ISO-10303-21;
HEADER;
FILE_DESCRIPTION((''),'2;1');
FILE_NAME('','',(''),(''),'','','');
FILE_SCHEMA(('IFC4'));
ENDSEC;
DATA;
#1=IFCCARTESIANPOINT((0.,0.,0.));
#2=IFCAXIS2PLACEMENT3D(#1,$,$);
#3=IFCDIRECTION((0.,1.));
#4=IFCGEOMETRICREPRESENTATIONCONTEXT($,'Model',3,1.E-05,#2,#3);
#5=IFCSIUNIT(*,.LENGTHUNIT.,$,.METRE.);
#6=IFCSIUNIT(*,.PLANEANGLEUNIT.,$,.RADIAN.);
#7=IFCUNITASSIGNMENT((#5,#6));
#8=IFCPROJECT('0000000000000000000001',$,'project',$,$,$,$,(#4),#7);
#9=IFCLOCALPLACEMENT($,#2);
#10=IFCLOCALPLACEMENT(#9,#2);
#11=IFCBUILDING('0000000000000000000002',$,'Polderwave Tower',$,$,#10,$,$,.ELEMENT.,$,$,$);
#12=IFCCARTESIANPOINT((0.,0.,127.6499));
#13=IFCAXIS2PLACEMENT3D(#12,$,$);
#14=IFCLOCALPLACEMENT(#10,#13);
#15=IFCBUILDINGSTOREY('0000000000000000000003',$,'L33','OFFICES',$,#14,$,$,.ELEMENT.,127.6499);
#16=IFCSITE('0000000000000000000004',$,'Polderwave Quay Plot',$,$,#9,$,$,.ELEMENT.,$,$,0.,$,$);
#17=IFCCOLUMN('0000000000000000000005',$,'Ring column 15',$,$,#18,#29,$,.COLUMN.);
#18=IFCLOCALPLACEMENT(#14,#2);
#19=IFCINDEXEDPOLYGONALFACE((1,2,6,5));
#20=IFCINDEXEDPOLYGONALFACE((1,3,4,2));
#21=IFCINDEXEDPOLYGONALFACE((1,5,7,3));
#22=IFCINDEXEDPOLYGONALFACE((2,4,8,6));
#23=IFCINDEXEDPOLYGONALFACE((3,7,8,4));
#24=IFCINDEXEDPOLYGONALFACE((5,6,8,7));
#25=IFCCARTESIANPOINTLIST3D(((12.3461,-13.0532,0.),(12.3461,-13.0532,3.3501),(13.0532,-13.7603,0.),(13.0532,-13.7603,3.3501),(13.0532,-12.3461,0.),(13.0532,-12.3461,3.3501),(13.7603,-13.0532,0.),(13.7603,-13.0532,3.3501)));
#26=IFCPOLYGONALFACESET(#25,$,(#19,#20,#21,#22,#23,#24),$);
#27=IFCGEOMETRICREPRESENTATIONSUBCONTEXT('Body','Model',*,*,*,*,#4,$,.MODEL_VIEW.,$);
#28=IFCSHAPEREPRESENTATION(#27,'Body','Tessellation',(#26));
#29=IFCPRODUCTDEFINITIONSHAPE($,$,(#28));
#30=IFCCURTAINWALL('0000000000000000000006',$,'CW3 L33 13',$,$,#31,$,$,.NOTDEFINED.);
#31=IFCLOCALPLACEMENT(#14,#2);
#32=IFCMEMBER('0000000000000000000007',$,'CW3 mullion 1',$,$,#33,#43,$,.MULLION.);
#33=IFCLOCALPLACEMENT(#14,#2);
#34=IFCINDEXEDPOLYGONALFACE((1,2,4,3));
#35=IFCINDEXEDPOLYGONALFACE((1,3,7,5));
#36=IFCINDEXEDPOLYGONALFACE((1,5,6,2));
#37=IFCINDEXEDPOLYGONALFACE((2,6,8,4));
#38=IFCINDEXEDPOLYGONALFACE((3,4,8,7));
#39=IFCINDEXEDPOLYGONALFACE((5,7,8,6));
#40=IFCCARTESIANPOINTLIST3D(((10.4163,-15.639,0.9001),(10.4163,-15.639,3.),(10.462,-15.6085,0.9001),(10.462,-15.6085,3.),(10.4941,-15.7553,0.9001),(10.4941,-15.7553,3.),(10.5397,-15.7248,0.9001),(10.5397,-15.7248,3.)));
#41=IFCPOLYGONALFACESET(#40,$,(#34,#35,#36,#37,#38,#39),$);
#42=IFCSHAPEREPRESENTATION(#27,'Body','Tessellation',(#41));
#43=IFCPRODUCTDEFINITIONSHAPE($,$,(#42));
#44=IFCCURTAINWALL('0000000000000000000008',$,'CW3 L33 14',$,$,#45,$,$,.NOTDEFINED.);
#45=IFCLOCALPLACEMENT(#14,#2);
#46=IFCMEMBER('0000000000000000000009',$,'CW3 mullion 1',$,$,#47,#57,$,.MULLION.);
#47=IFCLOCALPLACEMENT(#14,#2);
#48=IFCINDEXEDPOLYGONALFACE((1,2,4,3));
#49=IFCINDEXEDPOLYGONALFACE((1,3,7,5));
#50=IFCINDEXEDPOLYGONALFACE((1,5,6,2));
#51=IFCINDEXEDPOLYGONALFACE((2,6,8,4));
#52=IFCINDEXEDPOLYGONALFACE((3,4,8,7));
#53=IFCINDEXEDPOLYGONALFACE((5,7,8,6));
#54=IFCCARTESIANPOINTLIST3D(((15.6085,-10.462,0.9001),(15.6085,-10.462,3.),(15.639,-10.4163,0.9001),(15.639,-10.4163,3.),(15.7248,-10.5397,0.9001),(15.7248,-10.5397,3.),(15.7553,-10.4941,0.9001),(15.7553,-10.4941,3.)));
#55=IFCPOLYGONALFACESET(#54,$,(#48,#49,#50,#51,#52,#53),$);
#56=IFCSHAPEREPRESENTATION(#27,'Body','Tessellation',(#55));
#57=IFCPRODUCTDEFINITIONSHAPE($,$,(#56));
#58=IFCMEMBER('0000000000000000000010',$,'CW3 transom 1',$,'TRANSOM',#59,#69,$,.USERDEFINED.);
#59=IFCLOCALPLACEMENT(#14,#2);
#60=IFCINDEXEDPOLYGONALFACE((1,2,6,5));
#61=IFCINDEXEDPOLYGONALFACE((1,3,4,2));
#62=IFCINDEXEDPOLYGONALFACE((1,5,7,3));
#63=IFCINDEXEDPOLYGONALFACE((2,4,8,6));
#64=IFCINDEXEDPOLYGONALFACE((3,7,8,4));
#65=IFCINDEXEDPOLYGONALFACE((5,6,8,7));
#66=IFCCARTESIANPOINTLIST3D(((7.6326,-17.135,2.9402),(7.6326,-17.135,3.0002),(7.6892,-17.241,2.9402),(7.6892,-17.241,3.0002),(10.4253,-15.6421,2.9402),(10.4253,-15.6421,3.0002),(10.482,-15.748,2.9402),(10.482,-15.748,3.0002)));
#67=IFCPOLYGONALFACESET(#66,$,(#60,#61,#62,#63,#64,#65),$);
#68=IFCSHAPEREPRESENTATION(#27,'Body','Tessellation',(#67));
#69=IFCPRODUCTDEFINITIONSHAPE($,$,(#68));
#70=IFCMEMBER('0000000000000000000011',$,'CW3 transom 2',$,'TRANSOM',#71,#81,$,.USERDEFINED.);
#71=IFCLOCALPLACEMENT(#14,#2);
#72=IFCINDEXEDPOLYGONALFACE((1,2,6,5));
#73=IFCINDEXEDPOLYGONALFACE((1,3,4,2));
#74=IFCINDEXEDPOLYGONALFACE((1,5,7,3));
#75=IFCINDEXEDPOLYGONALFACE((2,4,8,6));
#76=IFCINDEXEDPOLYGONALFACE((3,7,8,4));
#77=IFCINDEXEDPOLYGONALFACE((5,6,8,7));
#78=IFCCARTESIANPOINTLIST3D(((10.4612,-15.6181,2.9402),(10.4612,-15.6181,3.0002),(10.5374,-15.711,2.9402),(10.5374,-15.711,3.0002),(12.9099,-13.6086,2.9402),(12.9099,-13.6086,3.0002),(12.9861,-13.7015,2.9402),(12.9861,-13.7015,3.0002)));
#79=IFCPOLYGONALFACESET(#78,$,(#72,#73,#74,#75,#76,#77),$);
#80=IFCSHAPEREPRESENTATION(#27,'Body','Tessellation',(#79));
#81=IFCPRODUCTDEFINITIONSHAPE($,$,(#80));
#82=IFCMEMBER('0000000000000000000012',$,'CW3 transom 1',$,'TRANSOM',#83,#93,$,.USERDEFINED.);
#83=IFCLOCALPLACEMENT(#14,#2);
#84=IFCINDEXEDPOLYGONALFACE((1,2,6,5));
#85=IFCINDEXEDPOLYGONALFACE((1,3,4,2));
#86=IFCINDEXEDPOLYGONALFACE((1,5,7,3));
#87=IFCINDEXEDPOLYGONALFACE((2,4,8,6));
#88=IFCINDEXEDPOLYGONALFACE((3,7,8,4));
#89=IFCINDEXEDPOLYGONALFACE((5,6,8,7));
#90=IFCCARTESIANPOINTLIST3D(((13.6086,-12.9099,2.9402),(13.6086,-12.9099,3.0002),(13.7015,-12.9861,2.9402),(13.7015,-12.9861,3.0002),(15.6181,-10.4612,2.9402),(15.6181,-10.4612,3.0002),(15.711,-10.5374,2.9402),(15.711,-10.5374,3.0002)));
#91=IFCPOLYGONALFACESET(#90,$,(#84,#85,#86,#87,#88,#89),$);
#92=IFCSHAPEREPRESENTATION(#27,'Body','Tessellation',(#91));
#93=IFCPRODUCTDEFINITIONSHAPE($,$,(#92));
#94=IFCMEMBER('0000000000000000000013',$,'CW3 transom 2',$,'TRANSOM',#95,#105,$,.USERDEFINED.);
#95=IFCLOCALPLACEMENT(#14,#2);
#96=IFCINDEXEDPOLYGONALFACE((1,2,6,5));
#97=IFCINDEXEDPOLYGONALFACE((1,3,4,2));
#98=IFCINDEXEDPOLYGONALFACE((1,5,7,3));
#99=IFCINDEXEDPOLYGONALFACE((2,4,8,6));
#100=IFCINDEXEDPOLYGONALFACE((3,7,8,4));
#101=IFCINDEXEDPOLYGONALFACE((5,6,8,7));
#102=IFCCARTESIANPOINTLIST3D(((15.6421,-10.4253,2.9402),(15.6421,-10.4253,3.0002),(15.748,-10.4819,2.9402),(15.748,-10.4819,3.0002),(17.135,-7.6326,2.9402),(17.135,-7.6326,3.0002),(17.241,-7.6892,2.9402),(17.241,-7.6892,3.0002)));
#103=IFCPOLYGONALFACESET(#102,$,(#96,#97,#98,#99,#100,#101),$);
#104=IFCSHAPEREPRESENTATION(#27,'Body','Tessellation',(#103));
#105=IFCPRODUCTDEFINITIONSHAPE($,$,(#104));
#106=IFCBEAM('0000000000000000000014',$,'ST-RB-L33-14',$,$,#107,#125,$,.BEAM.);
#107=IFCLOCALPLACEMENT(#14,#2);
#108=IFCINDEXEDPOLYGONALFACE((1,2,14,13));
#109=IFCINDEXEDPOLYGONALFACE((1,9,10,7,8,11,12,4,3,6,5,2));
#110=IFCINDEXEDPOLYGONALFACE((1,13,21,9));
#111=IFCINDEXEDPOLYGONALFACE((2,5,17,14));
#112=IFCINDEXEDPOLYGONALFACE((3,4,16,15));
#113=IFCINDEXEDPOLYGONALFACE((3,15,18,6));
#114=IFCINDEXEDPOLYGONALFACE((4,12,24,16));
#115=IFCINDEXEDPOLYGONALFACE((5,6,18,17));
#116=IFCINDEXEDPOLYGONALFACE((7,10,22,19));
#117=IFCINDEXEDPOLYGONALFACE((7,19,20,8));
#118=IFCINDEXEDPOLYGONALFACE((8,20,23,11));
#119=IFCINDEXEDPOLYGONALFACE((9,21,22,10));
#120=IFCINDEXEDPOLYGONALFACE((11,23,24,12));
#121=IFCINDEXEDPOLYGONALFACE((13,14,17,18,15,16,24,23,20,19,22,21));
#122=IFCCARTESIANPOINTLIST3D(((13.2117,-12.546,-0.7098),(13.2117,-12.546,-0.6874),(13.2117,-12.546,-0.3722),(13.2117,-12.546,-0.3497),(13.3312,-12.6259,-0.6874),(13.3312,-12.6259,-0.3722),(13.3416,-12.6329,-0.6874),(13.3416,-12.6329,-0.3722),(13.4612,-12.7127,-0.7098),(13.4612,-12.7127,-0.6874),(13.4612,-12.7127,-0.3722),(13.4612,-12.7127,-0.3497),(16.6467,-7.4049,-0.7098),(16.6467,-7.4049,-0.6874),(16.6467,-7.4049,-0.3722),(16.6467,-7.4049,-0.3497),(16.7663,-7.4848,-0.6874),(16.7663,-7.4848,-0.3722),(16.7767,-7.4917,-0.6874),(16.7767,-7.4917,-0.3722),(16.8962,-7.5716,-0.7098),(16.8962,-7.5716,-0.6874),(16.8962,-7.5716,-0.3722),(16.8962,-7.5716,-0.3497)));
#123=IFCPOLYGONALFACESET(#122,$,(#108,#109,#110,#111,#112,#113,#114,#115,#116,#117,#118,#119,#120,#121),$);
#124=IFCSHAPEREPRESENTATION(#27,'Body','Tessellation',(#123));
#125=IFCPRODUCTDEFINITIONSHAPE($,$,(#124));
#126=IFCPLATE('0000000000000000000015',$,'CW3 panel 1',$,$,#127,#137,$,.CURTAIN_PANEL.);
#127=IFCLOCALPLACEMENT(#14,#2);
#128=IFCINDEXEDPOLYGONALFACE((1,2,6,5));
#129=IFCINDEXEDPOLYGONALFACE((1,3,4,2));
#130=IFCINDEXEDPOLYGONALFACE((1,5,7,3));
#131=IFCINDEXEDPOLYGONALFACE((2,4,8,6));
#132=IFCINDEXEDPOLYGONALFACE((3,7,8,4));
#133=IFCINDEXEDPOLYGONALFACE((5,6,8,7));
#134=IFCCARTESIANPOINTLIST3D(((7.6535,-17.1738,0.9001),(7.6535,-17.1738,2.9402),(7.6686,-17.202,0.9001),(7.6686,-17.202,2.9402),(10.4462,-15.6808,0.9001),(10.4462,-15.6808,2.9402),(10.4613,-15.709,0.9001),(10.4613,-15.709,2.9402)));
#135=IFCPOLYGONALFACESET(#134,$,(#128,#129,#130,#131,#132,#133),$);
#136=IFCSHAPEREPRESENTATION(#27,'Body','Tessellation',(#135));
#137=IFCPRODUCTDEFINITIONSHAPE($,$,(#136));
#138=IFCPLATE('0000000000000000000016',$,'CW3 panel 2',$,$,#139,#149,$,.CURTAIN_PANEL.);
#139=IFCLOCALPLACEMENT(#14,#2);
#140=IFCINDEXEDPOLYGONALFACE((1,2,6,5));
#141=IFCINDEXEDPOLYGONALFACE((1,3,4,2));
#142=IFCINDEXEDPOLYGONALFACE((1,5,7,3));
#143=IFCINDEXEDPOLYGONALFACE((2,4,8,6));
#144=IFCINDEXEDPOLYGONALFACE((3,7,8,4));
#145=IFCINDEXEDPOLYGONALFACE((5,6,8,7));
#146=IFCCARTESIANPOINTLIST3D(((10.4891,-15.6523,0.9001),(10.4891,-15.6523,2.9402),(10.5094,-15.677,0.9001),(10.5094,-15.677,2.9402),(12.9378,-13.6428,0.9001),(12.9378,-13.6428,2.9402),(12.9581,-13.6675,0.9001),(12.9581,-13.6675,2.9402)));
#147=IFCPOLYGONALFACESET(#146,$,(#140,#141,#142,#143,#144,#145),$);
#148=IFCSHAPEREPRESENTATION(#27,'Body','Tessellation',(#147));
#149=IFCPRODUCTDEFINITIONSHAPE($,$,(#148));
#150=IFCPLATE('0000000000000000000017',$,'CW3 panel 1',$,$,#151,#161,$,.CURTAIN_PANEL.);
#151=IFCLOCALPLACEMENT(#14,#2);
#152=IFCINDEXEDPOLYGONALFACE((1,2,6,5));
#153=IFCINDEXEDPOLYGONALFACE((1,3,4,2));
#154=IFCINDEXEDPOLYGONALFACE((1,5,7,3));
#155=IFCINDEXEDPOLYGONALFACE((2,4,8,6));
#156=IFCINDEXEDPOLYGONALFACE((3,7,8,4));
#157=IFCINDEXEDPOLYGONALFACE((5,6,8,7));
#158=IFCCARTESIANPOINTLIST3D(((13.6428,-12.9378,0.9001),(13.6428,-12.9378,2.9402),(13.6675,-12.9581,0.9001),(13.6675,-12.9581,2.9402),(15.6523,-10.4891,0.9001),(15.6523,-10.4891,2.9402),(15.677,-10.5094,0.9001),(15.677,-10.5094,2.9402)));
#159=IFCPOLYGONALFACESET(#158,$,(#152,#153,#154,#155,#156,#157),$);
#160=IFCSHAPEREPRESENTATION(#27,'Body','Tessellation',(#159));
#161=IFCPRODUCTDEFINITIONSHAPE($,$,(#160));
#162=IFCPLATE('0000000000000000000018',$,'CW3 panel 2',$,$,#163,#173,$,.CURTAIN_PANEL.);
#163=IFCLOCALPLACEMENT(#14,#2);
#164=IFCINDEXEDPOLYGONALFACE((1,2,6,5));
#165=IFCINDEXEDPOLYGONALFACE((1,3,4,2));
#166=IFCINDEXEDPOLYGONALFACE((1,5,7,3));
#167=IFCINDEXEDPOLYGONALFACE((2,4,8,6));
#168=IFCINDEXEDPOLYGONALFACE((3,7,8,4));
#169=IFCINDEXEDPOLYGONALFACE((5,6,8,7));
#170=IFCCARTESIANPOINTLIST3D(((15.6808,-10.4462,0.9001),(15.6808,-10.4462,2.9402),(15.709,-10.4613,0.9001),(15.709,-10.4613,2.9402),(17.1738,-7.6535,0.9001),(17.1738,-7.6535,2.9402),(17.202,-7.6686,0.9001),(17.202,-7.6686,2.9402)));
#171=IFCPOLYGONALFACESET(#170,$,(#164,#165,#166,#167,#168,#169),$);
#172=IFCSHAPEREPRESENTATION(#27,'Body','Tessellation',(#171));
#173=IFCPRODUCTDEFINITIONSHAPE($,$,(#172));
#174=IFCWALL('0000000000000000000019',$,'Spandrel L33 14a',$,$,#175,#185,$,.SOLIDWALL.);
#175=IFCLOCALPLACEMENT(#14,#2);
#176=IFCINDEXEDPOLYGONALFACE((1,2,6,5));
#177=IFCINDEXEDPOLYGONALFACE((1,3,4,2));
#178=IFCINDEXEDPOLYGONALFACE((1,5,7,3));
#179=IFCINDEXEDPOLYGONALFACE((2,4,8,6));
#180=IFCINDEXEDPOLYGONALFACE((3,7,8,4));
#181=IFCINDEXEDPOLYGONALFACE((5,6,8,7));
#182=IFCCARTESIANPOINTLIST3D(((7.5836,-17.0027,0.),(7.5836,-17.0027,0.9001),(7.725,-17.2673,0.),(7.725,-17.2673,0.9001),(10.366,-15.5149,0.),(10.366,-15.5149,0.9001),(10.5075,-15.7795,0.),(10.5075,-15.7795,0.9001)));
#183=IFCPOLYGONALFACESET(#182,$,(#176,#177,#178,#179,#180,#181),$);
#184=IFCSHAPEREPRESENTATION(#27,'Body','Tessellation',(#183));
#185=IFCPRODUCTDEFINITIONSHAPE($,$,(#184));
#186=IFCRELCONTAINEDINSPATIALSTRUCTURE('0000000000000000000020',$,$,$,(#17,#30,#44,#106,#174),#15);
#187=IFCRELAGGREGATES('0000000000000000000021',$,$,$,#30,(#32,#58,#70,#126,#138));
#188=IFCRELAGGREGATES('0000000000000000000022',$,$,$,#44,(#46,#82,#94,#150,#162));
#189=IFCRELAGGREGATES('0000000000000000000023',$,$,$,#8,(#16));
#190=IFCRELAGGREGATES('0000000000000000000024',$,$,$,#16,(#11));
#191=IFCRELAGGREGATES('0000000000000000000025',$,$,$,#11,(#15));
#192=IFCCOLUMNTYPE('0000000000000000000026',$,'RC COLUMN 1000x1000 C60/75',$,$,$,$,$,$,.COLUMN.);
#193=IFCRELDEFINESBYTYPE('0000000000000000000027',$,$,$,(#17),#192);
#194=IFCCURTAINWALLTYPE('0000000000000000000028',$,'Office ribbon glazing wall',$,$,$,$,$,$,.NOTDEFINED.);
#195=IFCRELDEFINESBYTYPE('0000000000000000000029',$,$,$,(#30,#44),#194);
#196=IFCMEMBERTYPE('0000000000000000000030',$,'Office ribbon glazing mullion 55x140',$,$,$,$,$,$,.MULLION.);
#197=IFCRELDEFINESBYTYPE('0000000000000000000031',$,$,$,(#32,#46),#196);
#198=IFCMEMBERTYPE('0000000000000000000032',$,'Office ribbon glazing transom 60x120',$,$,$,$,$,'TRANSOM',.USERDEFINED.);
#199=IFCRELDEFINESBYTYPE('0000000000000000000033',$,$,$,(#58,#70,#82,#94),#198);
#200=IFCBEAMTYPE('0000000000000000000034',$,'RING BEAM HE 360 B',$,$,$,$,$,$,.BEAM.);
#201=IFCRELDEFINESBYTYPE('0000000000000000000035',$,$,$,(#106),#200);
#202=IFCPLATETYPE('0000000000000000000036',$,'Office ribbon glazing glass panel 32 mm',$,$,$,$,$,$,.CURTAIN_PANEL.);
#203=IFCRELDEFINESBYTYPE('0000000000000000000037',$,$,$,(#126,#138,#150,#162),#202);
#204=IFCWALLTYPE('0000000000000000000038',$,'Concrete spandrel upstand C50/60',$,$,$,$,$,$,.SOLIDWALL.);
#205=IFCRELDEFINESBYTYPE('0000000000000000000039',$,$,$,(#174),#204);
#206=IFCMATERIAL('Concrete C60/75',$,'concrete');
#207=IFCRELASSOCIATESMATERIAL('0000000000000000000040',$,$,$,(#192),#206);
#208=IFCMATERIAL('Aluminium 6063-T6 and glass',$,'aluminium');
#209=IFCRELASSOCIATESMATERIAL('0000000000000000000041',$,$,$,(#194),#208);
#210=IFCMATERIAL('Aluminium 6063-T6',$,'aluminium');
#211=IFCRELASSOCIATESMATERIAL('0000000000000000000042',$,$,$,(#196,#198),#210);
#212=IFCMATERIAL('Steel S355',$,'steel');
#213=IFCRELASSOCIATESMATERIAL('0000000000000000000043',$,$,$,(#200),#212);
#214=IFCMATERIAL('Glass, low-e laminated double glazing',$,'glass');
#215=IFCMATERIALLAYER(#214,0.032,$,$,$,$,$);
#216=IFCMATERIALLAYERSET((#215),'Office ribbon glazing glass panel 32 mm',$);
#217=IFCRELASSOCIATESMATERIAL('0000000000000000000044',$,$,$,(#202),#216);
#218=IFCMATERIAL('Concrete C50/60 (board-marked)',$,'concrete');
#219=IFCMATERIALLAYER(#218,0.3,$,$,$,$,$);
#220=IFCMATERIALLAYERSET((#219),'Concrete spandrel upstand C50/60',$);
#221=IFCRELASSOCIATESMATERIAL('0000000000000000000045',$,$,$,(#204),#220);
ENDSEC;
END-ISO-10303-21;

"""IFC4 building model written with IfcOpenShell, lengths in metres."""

from ifc_helpers import new_model, si_unit, direction, frame, frame_2d, origin, origin_2d, place, context, subcontext, project, spatial, rectangle, i_section, extrude, material, layer, layer_set, material_profile, profile_set, type_object, element, aggregate, save


model = new_model("IFC4")

# Units and contexts
model_context = context("Model", 3, precision=1e-05, world=origin(), true_north=direction((0.0, 1.0)))
body_context = subcontext(model_context, "Body", "Model", "MODEL_VIEW")
ifc_project = project(units=[si_unit("LENGTHUNIT", "METRE"), si_unit("PLANEANGLEUNIT", "RADIAN")], contexts=[model_context])

# Site, building, storey
site_placement = place(None, origin())
site = spatial("IfcSite", under=ifc_project, at=site_placement, Name="Polderwave Quay Plot", CompositionType="ELEMENT", RefElevation=0.0)
building_placement = place(site_placement, origin())
building = spatial("IfcBuilding", under=site, at=building_placement, Name="Polderwave Tower", CompositionType="ELEMENT")
storey_placement = place(building_placement, frame((0.0, 0.0, 127.6499)))
storey = spatial("IfcBuildingStorey", under=building, at=storey_placement, Name="L33", Description="OFFICES", CompositionType="ELEMENT", Elevation=127.6499)

# Column
ifc_material_1 = material(Name="Concrete C60/75", Category="concrete")
ifc_material_profile_1 = material_profile(ifc_material_1, rectangle(XDim=1.0, YDim=1.0, at=origin_2d()), Name="RC 1000x1000")
ifc_profile_set_1 = profile_set([ifc_material_profile_1], Name="Concrete C60/75")
column_type = type_object("IfcColumnType", Name="RC COLUMN 1000x1000 C60/75", PredefinedType="COLUMN", material=ifc_profile_set_1)
column_placement = place(storey_placement, frame((13.0532, -13.0532, 0.0), z_axis=(0.0, 0.0, 1.0), x_axis=(0.707107, -0.707107, 0.0)))
element("IfcColumn", 1, at=column_placement, inside=storey, type_object=column_type, Name="Ring column 15", PredefinedType="COLUMN", context=body_context, shape_type="SweptSolid", body=[
    extrude(rectangle(XDim=1.0, YDim=1.0, at=origin_2d()), origin(), (0.0, 0.0, 1.0), 3.3501),
])

# Curtain walls, members
ifc_material_2 = material(Name="Aluminium 6063-T6 and glass", Category="aluminium")
curtain_wall_type = type_object("IfcCurtainWallType", Name="Office ribbon glazing wall", PredefinedType="NOTDEFINED", material=ifc_material_2)
curtain_wall_1_placement = place(storey_placement, origin())
curtain_wall_1 = element("IfcCurtainWall", 2, at=curtain_wall_1_placement, inside=storey, type_object=curtain_wall_type, Name="CW3 L33 13", PredefinedType="NOTDEFINED")
ifc_material_3 = material(Name="Aluminium 6063-T6", Category="aluminium")
ifc_material_profile_2 = material_profile(ifc_material_3, rectangle(XDim=0.1399, YDim=0.0549, at=origin_2d()), Name="AL 55x140")
ifc_profile_set_2 = profile_set([ifc_material_profile_2], Name="Aluminium 6063-T6")
member_type_1 = type_object("IfcMemberType", Name="Office ribbon glazing mullion 55x140", PredefinedType="MULLION", material=ifc_profile_set_2)
member_1_placement = place(storey_placement, frame((10.478, -15.6819, 0.9001), z_axis=(0.0, 0.0, 1.0), x_axis=(-0.555595, 0.831453, 0.0)))
member_1 = element("IfcMember", 3, at=member_1_placement, type_object=member_type_1, Name="CW3 mullion 1", PredefinedType="MULLION", context=body_context, shape_type="SweptSolid", body=[
    extrude(rectangle(XDim=0.1399, YDim=0.0549, at=origin_2d()), origin(), (0.0, 0.0, 1.0), 2.0999),
])
curtain_wall_2_placement = place(storey_placement, origin())
curtain_wall_2 = element("IfcCurtainWall", 4, at=curtain_wall_2_placement, inside=storey, type_object=curtain_wall_type, Name="CW3 L33 14", PredefinedType="NOTDEFINED")
member_2_placement = place(storey_placement, frame((15.6819, -10.478, 0.9001), z_axis=(0.0, 0.0, 1.0), x_axis=(-0.831453, 0.555595, 0.0)))
member_2 = element("IfcMember", 5, at=member_2_placement, type_object=member_type_1, Name="CW3 mullion 1", PredefinedType="MULLION", context=body_context, shape_type="SweptSolid", body=[
    extrude(rectangle(XDim=0.1399, YDim=0.0549, at=origin_2d()), origin(), (0.0, 0.0, 1.0), 2.0999),
])

# Members
ifc_material_profile_3 = material_profile(ifc_material_3, rectangle(XDim=0.1201, YDim=0.0601, at=origin_2d()), Name="AL 60x120")
ifc_profile_set_3 = profile_set([ifc_material_profile_3], Name="Aluminium 6063-T6")
member_type_2 = type_object("IfcMemberType", Name="Office ribbon glazing transom 60x120", ElementType="TRANSOM", PredefinedType="USERDEFINED", material=ifc_profile_set_3)
member_3_placement = place(storey_placement, frame((7.6609, -17.188, 2.9702), z_axis=(0.881898, 0.47144, 0.0), x_axis=(-0.47144, 0.881898, 0.0)))
member_3 = element("IfcMember", 6, at=member_3_placement, type_object=member_type_2, Name="CW3 transom 1", ObjectType="TRANSOM", PredefinedType="USERDEFINED", context=body_context, shape_type="SweptSolid", body=[
    extrude(rectangle(XDim=0.1201, YDim=0.0601, at=origin_2d()), origin(), (0.0, 0.0, 1.0), 3.1667),
])
member_4_placement = place(storey_placement, frame((10.4993, -15.6646, 2.9702), z_axis=(0.773026, 0.634374, 0.0), x_axis=(-0.634374, 0.773026, 0.0)))
member_4 = element("IfcMember", 7, at=member_4_placement, type_object=member_type_2, Name="CW3 transom 2", ObjectType="TRANSOM", PredefinedType="USERDEFINED", context=body_context, shape_type="SweptSolid", body=[
    extrude(rectangle(XDim=0.1201, YDim=0.0601, at=origin_2d()), origin(), (0.0, 0.0, 1.0), 3.1677),
])
member_5_placement = place(storey_placement, frame((13.655, -12.948, 2.9702), z_axis=(0.634374, 0.773026, 0.0), x_axis=(-0.773026, 0.634374, 0.0)))
member_5 = element("IfcMember", 8, at=member_5_placement, type_object=member_type_2, Name="CW3 transom 1", ObjectType="TRANSOM", PredefinedType="USERDEFINED", context=body_context, shape_type="SweptSolid", body=[
    extrude(rectangle(XDim=0.1201, YDim=0.0601, at=origin_2d()), origin(), (0.0, 0.0, 1.0), 3.1677),
])
member_6_placement = place(storey_placement, frame((15.6951, -10.4536, 2.9702), z_axis=(0.47144, 0.881898, 0.0), x_axis=(-0.881898, 0.47144, 0.0)))
member_6 = element("IfcMember", 9, at=member_6_placement, type_object=member_type_2, Name="CW3 transom 2", ObjectType="TRANSOM", PredefinedType="USERDEFINED", context=body_context, shape_type="SweptSolid", body=[
    extrude(rectangle(XDim=0.1201, YDim=0.0601, at=origin_2d()), origin(), (0.0, 0.0, 1.0), 3.1667),
])

# Beam
ifc_material_4 = material(Name="Steel S355", Category="steel")
ifc_material_profile_4 = material_profile(ifc_material_4, i_section(OverallWidth=0.3, OverallDepth=0.3601, WebThickness=0.0125, FlangeThickness=0.0225, at=origin_2d()), Name="HE 360 B")
ifc_profile_set_4 = profile_set([ifc_material_profile_4], Name="Steel S355")
beam_type = type_object("IfcBeamType", Name="RING BEAM HE 360 B", PredefinedType="BEAM", material=ifc_profile_set_4)
beam_placement = place(storey_placement, frame((13.3364, -12.6294, -0.5298), z_axis=(0.555556, 0.831479, 0.0), x_axis=(-0.831479, 0.555556, 0.0)))
element("IfcBeam", 10, at=beam_placement, inside=storey, type_object=beam_type, Name="ST-RB-L33-14", PredefinedType="BEAM", context=body_context, shape_type="SweptSolid", body=[
    extrude(i_section(OverallWidth=0.3, OverallDepth=0.3601, WebThickness=0.0125, FlangeThickness=0.0225, at=origin_2d()), origin(), (0.0, 0.0, 1.0), 6.1831),
])

# Plates
ifc_material_5 = material(Name="Glass, low-e laminated double glazing", Category="glass")
ifc_layer_1 = layer(ifc_material_5, 0.032)
ifc_layer_set_1 = layer_set([ifc_layer_1], Name="Office ribbon glazing glass panel 32 mm")
plate_type = type_object("IfcPlateType", Name="Office ribbon glazing glass panel 32 mm", PredefinedType="CURTAIN_PANEL", material=ifc_layer_set_1)
plate_1_placement = place(storey_placement, frame((9.0574, -16.4414, 0.9001), z_axis=(0.0, 0.0, 1.0), x_axis=(0.881884, 0.471466, 0.0)))
plate_1 = element("IfcPlate", 11, at=plate_1_placement, type_object=plate_type, Name="CW3 panel 1", PredefinedType="CURTAIN_PANEL", context=body_context, shape_type="SweptSolid", body=[
    extrude(rectangle(XDim=3.1667, YDim=0.032, at=origin_2d()), origin(), (0.0, 0.0, 1.0), 2.04),
])
plate_2_placement = place(storey_placement, frame((11.7236, -14.6599, 0.9001), z_axis=(0.0, 0.0, 1.0), x_axis=(0.773023, 0.634378, 0.0)))
plate_2 = element("IfcPlate", 12, at=plate_2_placement, type_object=plate_type, Name="CW3 panel 2", PredefinedType="CURTAIN_PANEL", context=body_context, shape_type="SweptSolid", body=[
    extrude(rectangle(XDim=3.1677, YDim=0.032, at=origin_2d()), origin(), (0.0, 0.0, 1.0), 2.04),
])
aggregate(curtain_wall_1, [member_1, member_3, member_4, plate_1, plate_2])
plate_3_placement = place(storey_placement, frame((14.6599, -11.7236, 0.9001), z_axis=(0.0, 0.0, 1.0), x_axis=(0.634378, 0.773023, 0.0)))
plate_3 = element("IfcPlate", 13, at=plate_3_placement, type_object=plate_type, Name="CW3 panel 1", PredefinedType="CURTAIN_PANEL", context=body_context, shape_type="SweptSolid", body=[
    extrude(rectangle(XDim=3.1677, YDim=0.032, at=origin_2d()), origin(), (0.0, 0.0, 1.0), 2.04),
])
plate_4_placement = place(storey_placement, frame((16.4414, -9.0574, 0.9001), z_axis=(0.0, 0.0, 1.0), x_axis=(0.471466, 0.881884, 0.0)))
plate_4 = element("IfcPlate", 14, at=plate_4_placement, type_object=plate_type, Name="CW3 panel 2", PredefinedType="CURTAIN_PANEL", context=body_context, shape_type="SweptSolid", body=[
    extrude(rectangle(XDim=3.1667, YDim=0.032, at=origin_2d()), origin(), (0.0, 0.0, 1.0), 2.04),
])
aggregate(curtain_wall_2, [member_2, member_5, member_6, plate_3, plate_4])

# Wall
ifc_material_6 = material(Name="Concrete C50/60 (board-marked)", Category="concrete")
ifc_layer_2 = layer(ifc_material_6, 0.3)
ifc_layer_set_2 = layer_set([ifc_layer_2], Name="Concrete spandrel upstand C50/60")
wall_type = type_object("IfcWallType", Name="Concrete spandrel upstand C50/60", PredefinedType="SOLIDWALL", material=ifc_layer_set_2)
wall_1_placement = place(storey_placement, frame((7.6543, -17.135, 0.0), z_axis=(0.0, 0.0, 1.0), x_axis=(0.881851, 0.471528, 0.0)))
element("IfcWall", 15, at=wall_1_placement, inside=storey, type_object=wall_type, Name="Spandrel L33 14a", PredefinedType="SOLIDWALL", context=body_context, shape_type="SweptSolid", body=[
    extrude(rectangle(XDim=3.1553, YDim=0.3, at=frame_2d((1.5776, 0.0))), origin(), (0.0, 0.0, 1.0), 0.9001),
])

save(model, "model.ifc")
